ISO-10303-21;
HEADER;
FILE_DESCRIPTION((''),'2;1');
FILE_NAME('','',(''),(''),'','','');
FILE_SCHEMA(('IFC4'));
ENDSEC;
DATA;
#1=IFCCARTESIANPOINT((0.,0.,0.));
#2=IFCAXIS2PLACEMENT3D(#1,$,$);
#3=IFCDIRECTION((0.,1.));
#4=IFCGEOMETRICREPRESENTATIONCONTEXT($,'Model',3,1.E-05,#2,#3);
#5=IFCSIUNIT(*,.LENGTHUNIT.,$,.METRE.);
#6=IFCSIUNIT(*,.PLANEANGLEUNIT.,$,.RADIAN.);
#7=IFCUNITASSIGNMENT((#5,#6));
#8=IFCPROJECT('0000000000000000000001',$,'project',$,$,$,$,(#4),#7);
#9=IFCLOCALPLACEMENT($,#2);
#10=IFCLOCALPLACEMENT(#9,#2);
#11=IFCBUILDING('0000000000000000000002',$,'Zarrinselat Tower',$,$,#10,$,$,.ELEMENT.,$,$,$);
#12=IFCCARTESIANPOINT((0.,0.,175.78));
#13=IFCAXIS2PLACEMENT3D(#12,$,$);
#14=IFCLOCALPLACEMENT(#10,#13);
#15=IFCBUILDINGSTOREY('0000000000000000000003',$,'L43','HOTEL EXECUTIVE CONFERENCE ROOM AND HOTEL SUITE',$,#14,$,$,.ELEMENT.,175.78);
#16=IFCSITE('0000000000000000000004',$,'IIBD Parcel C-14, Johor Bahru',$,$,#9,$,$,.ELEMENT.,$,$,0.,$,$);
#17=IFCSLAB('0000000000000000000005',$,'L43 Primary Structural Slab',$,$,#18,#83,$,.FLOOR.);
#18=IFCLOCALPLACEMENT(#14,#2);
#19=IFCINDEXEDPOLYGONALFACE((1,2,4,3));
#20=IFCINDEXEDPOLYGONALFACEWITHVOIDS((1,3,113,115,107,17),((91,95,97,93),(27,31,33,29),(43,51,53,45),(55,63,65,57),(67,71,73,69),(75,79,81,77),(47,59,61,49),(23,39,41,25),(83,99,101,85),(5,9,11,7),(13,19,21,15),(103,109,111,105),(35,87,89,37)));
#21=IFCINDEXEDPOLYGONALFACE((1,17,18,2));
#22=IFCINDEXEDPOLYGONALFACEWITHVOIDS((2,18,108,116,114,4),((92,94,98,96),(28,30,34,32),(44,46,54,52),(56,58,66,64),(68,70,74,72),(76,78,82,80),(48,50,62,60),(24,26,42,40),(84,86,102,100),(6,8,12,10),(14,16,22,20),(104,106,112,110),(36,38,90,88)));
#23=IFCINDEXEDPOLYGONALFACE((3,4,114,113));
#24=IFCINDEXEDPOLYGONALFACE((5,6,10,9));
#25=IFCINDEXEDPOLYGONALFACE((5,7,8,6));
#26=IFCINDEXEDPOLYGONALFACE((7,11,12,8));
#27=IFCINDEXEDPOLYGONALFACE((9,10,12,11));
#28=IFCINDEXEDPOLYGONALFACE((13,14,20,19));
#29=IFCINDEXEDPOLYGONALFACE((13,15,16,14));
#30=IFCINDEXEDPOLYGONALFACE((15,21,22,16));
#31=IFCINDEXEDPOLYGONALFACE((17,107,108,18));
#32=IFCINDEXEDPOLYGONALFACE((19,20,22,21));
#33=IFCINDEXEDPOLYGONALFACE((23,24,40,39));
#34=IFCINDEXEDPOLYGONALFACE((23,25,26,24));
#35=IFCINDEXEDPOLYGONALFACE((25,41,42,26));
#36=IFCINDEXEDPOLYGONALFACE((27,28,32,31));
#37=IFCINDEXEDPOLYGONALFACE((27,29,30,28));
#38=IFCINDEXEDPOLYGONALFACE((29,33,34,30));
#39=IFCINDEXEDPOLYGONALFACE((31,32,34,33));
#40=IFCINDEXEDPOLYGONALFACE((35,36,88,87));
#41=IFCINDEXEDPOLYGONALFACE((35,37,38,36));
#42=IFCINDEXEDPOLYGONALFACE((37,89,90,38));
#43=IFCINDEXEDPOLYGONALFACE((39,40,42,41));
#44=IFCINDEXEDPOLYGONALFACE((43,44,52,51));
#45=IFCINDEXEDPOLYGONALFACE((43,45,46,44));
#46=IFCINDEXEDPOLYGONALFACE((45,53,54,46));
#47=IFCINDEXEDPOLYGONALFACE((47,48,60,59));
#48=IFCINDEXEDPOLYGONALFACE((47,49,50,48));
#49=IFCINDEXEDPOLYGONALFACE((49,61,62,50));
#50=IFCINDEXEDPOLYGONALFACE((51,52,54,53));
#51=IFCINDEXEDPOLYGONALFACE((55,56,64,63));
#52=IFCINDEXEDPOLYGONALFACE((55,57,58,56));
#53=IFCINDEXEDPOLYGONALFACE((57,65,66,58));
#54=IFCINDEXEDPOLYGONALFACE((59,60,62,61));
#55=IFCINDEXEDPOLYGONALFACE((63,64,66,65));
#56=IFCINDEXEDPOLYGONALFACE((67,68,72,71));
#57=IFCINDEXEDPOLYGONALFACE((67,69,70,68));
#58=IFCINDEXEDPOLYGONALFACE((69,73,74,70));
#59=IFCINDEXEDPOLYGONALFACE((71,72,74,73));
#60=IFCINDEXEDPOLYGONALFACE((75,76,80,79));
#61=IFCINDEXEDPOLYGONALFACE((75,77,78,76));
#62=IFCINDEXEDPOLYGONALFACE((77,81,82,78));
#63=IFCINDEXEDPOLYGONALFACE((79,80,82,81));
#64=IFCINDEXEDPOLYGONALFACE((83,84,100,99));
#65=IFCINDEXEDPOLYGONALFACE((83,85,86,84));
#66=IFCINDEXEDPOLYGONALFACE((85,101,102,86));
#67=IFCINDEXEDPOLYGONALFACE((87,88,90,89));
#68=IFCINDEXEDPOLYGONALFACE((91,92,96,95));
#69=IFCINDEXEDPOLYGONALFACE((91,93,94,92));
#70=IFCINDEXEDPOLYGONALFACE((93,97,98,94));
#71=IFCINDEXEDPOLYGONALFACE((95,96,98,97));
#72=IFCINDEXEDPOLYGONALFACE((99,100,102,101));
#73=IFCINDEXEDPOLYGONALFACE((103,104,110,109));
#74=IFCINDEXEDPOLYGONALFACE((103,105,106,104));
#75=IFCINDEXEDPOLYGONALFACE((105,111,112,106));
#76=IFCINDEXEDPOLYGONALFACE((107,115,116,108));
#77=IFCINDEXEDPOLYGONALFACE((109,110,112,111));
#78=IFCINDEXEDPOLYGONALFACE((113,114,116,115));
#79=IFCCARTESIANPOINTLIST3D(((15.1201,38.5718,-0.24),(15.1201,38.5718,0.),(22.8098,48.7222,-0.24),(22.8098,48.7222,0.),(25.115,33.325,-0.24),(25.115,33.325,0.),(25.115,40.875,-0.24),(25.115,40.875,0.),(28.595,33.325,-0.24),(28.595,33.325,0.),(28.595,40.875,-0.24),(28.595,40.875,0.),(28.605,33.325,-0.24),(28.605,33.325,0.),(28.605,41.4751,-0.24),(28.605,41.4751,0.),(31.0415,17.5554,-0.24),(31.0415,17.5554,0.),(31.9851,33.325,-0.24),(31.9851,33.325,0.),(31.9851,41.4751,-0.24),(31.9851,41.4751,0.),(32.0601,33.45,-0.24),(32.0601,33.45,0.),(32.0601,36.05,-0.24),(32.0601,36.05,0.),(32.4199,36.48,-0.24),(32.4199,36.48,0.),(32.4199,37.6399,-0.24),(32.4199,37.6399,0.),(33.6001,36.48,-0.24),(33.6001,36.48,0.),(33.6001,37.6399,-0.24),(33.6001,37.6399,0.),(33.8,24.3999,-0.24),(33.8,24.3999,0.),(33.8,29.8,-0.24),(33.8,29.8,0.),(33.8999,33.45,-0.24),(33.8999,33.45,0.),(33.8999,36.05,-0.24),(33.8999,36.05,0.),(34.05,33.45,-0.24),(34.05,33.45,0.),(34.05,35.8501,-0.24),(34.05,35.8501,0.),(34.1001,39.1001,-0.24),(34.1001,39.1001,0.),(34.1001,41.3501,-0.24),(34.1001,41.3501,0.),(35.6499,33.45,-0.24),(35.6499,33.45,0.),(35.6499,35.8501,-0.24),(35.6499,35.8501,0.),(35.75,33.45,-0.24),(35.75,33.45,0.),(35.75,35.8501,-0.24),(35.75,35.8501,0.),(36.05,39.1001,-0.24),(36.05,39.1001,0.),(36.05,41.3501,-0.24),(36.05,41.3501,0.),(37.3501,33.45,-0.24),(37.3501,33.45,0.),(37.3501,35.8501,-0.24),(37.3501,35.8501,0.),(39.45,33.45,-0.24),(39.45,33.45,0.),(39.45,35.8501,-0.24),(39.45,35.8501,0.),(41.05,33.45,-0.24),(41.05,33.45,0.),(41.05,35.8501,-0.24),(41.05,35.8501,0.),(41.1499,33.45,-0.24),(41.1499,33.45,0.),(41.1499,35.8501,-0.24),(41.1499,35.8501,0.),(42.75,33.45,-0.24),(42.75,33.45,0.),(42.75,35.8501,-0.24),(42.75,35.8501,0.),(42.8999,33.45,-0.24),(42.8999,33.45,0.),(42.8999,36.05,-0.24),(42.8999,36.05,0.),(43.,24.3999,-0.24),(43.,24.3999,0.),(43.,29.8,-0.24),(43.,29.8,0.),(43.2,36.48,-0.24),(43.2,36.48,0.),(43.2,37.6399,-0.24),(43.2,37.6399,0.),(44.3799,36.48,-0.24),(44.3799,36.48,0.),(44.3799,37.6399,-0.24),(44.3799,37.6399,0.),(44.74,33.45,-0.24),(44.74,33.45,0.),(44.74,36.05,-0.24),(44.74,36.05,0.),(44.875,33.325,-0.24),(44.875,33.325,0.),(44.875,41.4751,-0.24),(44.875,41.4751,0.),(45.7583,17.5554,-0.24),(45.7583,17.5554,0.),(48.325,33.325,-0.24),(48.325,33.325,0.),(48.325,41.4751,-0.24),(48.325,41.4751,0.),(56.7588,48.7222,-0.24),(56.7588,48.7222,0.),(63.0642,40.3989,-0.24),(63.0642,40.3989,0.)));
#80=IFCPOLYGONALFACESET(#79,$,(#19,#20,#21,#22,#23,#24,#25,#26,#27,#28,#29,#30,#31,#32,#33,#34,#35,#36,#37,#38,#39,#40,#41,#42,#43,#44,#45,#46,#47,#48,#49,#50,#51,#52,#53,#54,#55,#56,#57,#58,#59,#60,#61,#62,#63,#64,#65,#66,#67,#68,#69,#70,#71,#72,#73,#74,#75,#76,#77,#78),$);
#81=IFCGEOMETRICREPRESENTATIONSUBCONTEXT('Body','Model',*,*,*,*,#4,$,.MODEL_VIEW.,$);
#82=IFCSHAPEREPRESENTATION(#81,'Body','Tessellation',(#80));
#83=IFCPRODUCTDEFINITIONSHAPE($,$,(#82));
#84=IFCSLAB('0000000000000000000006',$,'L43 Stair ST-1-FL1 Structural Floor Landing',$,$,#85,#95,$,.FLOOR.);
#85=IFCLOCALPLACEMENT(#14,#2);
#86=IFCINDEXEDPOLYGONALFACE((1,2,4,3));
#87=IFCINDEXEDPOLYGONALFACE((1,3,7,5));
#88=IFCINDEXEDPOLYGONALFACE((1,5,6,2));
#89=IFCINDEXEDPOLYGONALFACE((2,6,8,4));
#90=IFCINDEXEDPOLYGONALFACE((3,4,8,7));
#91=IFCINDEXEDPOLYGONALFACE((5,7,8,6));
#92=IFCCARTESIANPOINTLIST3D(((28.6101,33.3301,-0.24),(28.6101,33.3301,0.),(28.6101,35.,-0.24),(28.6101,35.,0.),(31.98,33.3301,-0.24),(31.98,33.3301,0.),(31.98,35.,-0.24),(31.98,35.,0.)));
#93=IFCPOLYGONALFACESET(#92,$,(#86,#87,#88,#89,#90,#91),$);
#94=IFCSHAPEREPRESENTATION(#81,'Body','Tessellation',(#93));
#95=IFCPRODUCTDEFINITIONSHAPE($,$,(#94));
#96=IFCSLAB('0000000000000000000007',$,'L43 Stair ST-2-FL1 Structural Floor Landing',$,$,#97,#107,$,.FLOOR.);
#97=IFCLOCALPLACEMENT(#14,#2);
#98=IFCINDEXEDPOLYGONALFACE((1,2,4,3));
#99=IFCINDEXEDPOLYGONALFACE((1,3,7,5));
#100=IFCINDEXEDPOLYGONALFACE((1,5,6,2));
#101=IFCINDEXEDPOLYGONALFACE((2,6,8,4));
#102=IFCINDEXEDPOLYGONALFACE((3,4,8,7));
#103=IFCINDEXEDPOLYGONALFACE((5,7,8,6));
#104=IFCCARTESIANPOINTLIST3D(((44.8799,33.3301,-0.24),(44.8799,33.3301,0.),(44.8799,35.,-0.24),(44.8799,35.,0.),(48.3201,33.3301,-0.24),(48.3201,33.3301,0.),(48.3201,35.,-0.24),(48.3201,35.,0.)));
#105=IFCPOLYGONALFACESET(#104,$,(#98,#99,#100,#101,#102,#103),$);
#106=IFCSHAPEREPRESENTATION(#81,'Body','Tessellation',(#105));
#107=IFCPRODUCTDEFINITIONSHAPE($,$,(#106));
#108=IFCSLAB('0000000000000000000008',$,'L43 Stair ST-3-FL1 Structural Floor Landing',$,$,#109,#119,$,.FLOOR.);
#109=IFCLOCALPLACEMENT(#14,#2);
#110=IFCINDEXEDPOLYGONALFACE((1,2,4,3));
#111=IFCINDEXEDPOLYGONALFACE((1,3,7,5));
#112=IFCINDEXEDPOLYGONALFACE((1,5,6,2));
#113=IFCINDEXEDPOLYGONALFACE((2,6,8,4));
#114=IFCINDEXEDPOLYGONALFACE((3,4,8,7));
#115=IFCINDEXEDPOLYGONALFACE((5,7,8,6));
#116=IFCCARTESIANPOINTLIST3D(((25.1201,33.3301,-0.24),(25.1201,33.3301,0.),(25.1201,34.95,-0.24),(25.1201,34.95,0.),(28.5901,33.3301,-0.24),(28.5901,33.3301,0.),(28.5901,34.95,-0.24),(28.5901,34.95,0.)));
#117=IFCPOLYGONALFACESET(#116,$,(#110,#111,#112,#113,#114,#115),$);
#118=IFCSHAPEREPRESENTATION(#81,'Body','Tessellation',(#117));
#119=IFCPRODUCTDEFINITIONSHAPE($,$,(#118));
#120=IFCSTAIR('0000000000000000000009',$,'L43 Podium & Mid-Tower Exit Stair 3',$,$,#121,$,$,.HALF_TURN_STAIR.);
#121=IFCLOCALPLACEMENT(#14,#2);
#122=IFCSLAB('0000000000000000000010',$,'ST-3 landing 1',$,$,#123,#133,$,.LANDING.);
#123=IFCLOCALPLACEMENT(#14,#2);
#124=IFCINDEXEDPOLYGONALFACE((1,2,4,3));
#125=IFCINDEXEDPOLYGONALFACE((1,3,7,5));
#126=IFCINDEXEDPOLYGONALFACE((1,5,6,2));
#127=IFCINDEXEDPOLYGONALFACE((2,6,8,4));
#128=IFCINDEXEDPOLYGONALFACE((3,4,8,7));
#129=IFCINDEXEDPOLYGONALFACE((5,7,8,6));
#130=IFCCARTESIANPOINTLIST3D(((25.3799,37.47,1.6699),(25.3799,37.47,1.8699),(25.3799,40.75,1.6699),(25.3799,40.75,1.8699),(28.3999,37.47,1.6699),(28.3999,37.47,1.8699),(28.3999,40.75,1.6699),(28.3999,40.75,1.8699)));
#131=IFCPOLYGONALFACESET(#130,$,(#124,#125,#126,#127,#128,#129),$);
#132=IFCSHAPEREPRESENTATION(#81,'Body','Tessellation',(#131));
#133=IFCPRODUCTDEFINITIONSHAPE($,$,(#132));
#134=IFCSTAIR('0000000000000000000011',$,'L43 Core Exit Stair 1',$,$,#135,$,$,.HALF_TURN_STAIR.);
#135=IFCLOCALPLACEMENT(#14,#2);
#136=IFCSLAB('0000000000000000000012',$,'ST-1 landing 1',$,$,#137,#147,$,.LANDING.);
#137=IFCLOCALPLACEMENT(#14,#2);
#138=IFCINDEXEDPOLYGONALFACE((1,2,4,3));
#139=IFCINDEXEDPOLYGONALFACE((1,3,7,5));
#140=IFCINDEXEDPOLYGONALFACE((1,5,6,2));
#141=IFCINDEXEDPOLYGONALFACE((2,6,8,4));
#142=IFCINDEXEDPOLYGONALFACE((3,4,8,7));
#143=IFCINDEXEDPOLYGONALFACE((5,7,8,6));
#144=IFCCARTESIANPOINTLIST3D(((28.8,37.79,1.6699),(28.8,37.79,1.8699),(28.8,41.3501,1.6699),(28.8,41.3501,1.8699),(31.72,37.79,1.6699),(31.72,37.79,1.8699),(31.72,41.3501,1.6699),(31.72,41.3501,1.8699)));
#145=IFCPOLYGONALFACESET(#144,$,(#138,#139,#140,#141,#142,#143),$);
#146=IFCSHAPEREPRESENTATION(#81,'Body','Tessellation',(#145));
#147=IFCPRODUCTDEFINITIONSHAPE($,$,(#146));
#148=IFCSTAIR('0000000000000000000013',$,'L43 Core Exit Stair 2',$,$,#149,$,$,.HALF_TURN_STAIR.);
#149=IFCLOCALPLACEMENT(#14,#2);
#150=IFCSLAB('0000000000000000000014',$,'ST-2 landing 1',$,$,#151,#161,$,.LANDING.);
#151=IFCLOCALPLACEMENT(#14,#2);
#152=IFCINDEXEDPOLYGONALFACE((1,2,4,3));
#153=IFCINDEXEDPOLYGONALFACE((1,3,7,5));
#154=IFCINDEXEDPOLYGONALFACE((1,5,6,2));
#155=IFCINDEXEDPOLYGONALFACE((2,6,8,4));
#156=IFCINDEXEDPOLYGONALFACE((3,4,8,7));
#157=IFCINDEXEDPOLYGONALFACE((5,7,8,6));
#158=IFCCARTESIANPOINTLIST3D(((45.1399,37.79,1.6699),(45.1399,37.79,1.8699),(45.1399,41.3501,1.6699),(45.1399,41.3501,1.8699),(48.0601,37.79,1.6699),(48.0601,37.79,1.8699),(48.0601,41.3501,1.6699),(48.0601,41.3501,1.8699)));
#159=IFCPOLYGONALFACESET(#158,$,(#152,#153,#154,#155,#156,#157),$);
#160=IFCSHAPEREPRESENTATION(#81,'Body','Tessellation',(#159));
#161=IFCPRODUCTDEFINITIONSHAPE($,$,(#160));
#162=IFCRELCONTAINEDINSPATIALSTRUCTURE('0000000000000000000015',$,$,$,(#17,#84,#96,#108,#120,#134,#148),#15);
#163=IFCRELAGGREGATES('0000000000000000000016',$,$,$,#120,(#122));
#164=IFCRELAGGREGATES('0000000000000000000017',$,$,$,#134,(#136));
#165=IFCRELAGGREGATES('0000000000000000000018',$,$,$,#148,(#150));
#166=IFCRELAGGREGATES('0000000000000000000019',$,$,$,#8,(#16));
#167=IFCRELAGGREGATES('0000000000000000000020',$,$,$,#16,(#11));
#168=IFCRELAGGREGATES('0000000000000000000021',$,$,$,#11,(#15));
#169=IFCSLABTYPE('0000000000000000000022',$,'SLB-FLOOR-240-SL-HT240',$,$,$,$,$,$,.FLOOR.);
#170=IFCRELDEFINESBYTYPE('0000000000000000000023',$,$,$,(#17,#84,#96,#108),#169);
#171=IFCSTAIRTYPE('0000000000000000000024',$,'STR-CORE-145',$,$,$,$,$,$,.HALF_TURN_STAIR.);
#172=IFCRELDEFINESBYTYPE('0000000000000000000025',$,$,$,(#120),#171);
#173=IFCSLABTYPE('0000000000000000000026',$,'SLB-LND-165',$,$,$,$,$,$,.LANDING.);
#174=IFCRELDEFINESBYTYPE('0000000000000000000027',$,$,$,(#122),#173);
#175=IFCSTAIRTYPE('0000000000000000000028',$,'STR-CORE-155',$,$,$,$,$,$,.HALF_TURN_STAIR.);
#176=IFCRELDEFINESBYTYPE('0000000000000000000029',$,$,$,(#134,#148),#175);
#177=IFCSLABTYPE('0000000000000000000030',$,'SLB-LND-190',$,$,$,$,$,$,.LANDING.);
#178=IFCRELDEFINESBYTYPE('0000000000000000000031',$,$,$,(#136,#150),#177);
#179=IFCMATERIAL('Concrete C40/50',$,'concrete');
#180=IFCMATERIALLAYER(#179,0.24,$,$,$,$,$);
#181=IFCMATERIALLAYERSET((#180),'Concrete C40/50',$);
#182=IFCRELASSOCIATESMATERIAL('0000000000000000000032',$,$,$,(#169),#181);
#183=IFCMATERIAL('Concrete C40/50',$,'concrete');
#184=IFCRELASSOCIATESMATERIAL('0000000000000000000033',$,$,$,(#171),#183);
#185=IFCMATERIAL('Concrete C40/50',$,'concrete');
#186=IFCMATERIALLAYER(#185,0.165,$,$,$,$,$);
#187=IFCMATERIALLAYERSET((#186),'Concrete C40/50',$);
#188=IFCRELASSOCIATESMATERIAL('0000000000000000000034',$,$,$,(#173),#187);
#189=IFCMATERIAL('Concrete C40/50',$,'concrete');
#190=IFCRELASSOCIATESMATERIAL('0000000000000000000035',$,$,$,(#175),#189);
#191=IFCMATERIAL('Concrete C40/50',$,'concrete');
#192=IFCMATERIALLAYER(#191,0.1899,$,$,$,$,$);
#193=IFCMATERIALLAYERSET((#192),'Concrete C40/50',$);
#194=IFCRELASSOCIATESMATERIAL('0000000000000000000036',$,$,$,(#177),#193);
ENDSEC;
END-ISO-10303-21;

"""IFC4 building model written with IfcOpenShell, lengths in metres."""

from ifc_helpers import new_model, si_unit, direction, frame, origin, place, context, subcontext, project, spatial, polyline, outline, extrude, material, layer, layer_set, type_object, element, aggregate, save


model = new_model("IFC4")

# Units and contexts
model_context = context("Model", 3, precision=1e-05, world=origin(), true_north=direction((0.0, 1.0)))
body_context = subcontext(model_context, "Body", "Model", "MODEL_VIEW")
ifc_project = project(units=[si_unit("LENGTHUNIT", "METRE"), si_unit("PLANEANGLEUNIT", "RADIAN")], contexts=[model_context])

# Site, building, storey
site_placement = place(None, origin())
site = spatial("IfcSite", under=ifc_project, at=site_placement, Name="IIBD Parcel C-14, Johor Bahru", CompositionType="ELEMENT", RefElevation=0.0)
building_placement = place(site_placement, origin())
building = spatial("IfcBuilding", under=site, at=building_placement, Name="Zarrinselat Tower", CompositionType="ELEMENT")
storey_placement = place(building_placement, frame((0.0, 0.0, 175.78)))
storey = spatial("IfcBuildingStorey", under=building, at=storey_placement, Name="L43", Description="HOTEL EXECUTIVE CONFERENCE ROOM AND HOTEL SUITE", CompositionType="ELEMENT", Elevation=175.78)

# Slabs
ifc_material_1 = material(Name="Concrete C40/50", Category="concrete")
ifc_layer_1 = layer(ifc_material_1, 0.24)
ifc_layer_set_1 = layer_set([ifc_layer_1], Name="Concrete C40/50")
slab_type_1 = type_object("IfcSlabType", Name="SLB-FLOOR-240-SL-HT240", PredefinedType="FLOOR", material=ifc_layer_set_1)
slab_1_placement = place(storey_placement, frame((0.0, 0.0, -0.24)))
element("IfcSlab", 1, at=slab_1_placement, inside=storey, type_object=slab_type_1, Name="L43 Primary Structural Slab", PredefinedType="FLOOR", context=body_context, shape_type="SweptSolid", body=[
    extrude(outline(polyline([(56.7588, 48.7222), (22.8098, 48.7222), (15.1201, 38.5718), (31.0415, 17.5554), (45.7583, 17.5554), (63.0642, 40.3989), (56.7588, 48.7222)]), holes=[polyline([(35.6499, 33.45), (34.05, 33.45), (34.05, 35.8501), (35.6499, 35.8501), (35.6499, 33.45)]), polyline([(35.75, 33.45), (35.75, 35.8501), (37.3501, 35.8501), (37.3501, 33.45), (35.75, 33.45)]), polyline([(32.0601, 33.45), (32.0601, 36.05), (33.8999, 36.05), (33.8999, 33.45), (32.0601, 33.45)]), polyline([(33.6001, 36.48), (32.4199, 36.48), (32.4199, 37.6399), (33.6001, 37.6399), (33.6001, 36.48)]), polyline([(28.595, 33.325), (25.115, 33.325), (25.115, 40.875), (28.595, 40.875), (28.595, 33.325)]), polyline([(31.9851, 33.325), (28.605, 33.325), (28.605, 41.4751), (31.9851, 41.4751), (31.9851, 33.325)]), polyline([(36.05, 39.1001), (34.1001, 39.1001), (34.1001, 41.3501), (36.05, 41.3501), (36.05, 39.1001)]), polyline([(33.8, 24.3999), (33.8, 29.8), (43.0, 29.8), (43.0, 24.3999), (33.8, 24.3999)]), polyline([(39.45, 33.45), (39.45, 35.8501), (41.05, 35.8501), (41.05, 33.45), (39.45, 33.45)]), polyline([(41.1499, 33.45), (41.1499, 35.8501), (42.75, 35.8501), (42.75, 33.45), (41.1499, 33.45)]), polyline([(42.8999, 33.45), (42.8999, 36.05), (44.74, 36.05), (44.74, 33.45), (42.8999, 33.45)]), polyline([(43.2, 36.48), (43.2, 37.6399), (44.3799, 37.6399), (44.3799, 36.48), (43.2, 36.48)]), polyline([(48.325, 33.325), (44.875, 33.325), (44.875, 41.4751), (48.325, 41.4751), (48.325, 33.325)])]), origin(), (0.0, 0.0, 1.0), 0.24),
])
slab_2_placement = place(storey_placement, frame((0.0, 0.0, -0.24)))
element("IfcSlab", 2, at=slab_2_placement, inside=storey, type_object=slab_type_1, Name="L43 Stair ST-1-FL1 Structural Floor Landing", PredefinedType="FLOOR", context=body_context, shape_type="SweptSolid", body=[
    extrude(outline(polyline([(31.98, 33.3301), (31.98, 35.0), (28.6101, 35.0), (28.6101, 33.3301), (31.98, 33.3301)])), origin(), (0.0, 0.0, 1.0), 0.24),
])
slab_3_placement = place(storey_placement, frame((0.0, 0.0, -0.24)))
element("IfcSlab", 3, at=slab_3_placement, inside=storey, type_object=slab_type_1, Name="L43 Stair ST-2-FL1 Structural Floor Landing", PredefinedType="FLOOR", context=body_context, shape_type="SweptSolid", body=[
    extrude(outline(polyline([(48.3201, 33.3301), (48.3201, 35.0), (44.8799, 35.0), (44.8799, 33.3301), (48.3201, 33.3301)])), origin(), (0.0, 0.0, 1.0), 0.24),
])
slab_4_placement = place(storey_placement, frame((0.0, 0.0, -0.24)))
element("IfcSlab", 4, at=slab_4_placement, inside=storey, type_object=slab_type_1, Name="L43 Stair ST-3-FL1 Structural Floor Landing", PredefinedType="FLOOR", context=body_context, shape_type="SweptSolid", body=[
    extrude(outline(polyline([(28.5901, 33.3301), (28.5901, 34.95), (25.1201, 34.95), (25.1201, 33.3301), (28.5901, 33.3301)])), origin(), (0.0, 0.0, 1.0), 0.24),
])

# Stairs, slabs
ifc_material_2 = material(Name="Concrete C40/50", Category="concrete")
stair_type_1 = type_object("IfcStairType", Name="STR-CORE-145", PredefinedType="HALF_TURN_STAIR", material=ifc_material_2)
stair_1_placement = place(storey_placement, origin())
stair_1 = element("IfcStair", 5, at=stair_1_placement, inside=storey, type_object=stair_type_1, Name="L43 Podium & Mid-Tower Exit Stair 3", PredefinedType="HALF_TURN_STAIR")
ifc_material_3 = material(Name="Concrete C40/50", Category="concrete")
ifc_layer_2 = layer(ifc_material_3, 0.165)
ifc_layer_set_2 = layer_set([ifc_layer_2], Name="Concrete C40/50")
slab_type_2 = type_object("IfcSlabType", Name="SLB-LND-165", PredefinedType="LANDING", material=ifc_layer_set_2)
slab_5_placement = place(storey_placement, frame((0.0, 0.0, 1.6699)))
slab_5 = element("IfcSlab", 6, at=slab_5_placement, type_object=slab_type_2, Name="ST-3 landing 1", PredefinedType="LANDING", context=body_context, shape_type="SweptSolid", body=[
    extrude(outline(polyline([(28.3999, 37.47), (28.3999, 40.75), (25.3799, 40.75), (25.3799, 37.47), (28.3999, 37.47)])), origin(), (0.0, 0.0, 1.0), 0.2),
])
aggregate(stair_1, [slab_5])
ifc_material_4 = material(Name="Concrete C40/50", Category="concrete")
stair_type_2 = type_object("IfcStairType", Name="STR-CORE-155", PredefinedType="HALF_TURN_STAIR", material=ifc_material_4)
stair_2_placement = place(storey_placement, origin())
stair_2 = element("IfcStair", 7, at=stair_2_placement, inside=storey, type_object=stair_type_2, Name="L43 Core Exit Stair 1", PredefinedType="HALF_TURN_STAIR")
ifc_material_5 = material(Name="Concrete C40/50", Category="concrete")
ifc_layer_3 = layer(ifc_material_5, 0.1899)
ifc_layer_set_3 = layer_set([ifc_layer_3], Name="Concrete C40/50")
slab_type_3 = type_object("IfcSlabType", Name="SLB-LND-190", PredefinedType="LANDING", material=ifc_layer_set_3)
slab_6_placement = place(storey_placement, frame((0.0, 0.0, 1.6699)))
slab_6 = element("IfcSlab", 8, at=slab_6_placement, type_object=slab_type_3, Name="ST-1 landing 1", PredefinedType="LANDING", context=body_context, shape_type="SweptSolid", body=[
    extrude(outline(polyline([(31.72, 37.79), (31.72, 41.3501), (28.8, 41.3501), (28.8, 37.79), (31.72, 37.79)])), origin(), (0.0, 0.0, 1.0), 0.2),
])
aggregate(stair_2, [slab_6])
stair_3_placement = place(storey_placement, origin())
stair_3 = element("IfcStair", 9, at=stair_3_placement, inside=storey, type_object=stair_type_2, Name="L43 Core Exit Stair 2", PredefinedType="HALF_TURN_STAIR")
slab_7_placement = place(storey_placement, frame((0.0, 0.0, 1.6699)))
slab_7 = element("IfcSlab", 10, at=slab_7_placement, type_object=slab_type_3, Name="ST-2 landing 1", PredefinedType="LANDING", context=body_context, shape_type="SweptSolid", body=[
    extrude(outline(polyline([(48.0601, 37.79), (48.0601, 41.3501), (45.1399, 41.3501), (45.1399, 37.79), (48.0601, 37.79)])), origin(), (0.0, 0.0, 1.0), 0.2),
])
aggregate(stair_3, [slab_7])

save(model, "model.ifc")
